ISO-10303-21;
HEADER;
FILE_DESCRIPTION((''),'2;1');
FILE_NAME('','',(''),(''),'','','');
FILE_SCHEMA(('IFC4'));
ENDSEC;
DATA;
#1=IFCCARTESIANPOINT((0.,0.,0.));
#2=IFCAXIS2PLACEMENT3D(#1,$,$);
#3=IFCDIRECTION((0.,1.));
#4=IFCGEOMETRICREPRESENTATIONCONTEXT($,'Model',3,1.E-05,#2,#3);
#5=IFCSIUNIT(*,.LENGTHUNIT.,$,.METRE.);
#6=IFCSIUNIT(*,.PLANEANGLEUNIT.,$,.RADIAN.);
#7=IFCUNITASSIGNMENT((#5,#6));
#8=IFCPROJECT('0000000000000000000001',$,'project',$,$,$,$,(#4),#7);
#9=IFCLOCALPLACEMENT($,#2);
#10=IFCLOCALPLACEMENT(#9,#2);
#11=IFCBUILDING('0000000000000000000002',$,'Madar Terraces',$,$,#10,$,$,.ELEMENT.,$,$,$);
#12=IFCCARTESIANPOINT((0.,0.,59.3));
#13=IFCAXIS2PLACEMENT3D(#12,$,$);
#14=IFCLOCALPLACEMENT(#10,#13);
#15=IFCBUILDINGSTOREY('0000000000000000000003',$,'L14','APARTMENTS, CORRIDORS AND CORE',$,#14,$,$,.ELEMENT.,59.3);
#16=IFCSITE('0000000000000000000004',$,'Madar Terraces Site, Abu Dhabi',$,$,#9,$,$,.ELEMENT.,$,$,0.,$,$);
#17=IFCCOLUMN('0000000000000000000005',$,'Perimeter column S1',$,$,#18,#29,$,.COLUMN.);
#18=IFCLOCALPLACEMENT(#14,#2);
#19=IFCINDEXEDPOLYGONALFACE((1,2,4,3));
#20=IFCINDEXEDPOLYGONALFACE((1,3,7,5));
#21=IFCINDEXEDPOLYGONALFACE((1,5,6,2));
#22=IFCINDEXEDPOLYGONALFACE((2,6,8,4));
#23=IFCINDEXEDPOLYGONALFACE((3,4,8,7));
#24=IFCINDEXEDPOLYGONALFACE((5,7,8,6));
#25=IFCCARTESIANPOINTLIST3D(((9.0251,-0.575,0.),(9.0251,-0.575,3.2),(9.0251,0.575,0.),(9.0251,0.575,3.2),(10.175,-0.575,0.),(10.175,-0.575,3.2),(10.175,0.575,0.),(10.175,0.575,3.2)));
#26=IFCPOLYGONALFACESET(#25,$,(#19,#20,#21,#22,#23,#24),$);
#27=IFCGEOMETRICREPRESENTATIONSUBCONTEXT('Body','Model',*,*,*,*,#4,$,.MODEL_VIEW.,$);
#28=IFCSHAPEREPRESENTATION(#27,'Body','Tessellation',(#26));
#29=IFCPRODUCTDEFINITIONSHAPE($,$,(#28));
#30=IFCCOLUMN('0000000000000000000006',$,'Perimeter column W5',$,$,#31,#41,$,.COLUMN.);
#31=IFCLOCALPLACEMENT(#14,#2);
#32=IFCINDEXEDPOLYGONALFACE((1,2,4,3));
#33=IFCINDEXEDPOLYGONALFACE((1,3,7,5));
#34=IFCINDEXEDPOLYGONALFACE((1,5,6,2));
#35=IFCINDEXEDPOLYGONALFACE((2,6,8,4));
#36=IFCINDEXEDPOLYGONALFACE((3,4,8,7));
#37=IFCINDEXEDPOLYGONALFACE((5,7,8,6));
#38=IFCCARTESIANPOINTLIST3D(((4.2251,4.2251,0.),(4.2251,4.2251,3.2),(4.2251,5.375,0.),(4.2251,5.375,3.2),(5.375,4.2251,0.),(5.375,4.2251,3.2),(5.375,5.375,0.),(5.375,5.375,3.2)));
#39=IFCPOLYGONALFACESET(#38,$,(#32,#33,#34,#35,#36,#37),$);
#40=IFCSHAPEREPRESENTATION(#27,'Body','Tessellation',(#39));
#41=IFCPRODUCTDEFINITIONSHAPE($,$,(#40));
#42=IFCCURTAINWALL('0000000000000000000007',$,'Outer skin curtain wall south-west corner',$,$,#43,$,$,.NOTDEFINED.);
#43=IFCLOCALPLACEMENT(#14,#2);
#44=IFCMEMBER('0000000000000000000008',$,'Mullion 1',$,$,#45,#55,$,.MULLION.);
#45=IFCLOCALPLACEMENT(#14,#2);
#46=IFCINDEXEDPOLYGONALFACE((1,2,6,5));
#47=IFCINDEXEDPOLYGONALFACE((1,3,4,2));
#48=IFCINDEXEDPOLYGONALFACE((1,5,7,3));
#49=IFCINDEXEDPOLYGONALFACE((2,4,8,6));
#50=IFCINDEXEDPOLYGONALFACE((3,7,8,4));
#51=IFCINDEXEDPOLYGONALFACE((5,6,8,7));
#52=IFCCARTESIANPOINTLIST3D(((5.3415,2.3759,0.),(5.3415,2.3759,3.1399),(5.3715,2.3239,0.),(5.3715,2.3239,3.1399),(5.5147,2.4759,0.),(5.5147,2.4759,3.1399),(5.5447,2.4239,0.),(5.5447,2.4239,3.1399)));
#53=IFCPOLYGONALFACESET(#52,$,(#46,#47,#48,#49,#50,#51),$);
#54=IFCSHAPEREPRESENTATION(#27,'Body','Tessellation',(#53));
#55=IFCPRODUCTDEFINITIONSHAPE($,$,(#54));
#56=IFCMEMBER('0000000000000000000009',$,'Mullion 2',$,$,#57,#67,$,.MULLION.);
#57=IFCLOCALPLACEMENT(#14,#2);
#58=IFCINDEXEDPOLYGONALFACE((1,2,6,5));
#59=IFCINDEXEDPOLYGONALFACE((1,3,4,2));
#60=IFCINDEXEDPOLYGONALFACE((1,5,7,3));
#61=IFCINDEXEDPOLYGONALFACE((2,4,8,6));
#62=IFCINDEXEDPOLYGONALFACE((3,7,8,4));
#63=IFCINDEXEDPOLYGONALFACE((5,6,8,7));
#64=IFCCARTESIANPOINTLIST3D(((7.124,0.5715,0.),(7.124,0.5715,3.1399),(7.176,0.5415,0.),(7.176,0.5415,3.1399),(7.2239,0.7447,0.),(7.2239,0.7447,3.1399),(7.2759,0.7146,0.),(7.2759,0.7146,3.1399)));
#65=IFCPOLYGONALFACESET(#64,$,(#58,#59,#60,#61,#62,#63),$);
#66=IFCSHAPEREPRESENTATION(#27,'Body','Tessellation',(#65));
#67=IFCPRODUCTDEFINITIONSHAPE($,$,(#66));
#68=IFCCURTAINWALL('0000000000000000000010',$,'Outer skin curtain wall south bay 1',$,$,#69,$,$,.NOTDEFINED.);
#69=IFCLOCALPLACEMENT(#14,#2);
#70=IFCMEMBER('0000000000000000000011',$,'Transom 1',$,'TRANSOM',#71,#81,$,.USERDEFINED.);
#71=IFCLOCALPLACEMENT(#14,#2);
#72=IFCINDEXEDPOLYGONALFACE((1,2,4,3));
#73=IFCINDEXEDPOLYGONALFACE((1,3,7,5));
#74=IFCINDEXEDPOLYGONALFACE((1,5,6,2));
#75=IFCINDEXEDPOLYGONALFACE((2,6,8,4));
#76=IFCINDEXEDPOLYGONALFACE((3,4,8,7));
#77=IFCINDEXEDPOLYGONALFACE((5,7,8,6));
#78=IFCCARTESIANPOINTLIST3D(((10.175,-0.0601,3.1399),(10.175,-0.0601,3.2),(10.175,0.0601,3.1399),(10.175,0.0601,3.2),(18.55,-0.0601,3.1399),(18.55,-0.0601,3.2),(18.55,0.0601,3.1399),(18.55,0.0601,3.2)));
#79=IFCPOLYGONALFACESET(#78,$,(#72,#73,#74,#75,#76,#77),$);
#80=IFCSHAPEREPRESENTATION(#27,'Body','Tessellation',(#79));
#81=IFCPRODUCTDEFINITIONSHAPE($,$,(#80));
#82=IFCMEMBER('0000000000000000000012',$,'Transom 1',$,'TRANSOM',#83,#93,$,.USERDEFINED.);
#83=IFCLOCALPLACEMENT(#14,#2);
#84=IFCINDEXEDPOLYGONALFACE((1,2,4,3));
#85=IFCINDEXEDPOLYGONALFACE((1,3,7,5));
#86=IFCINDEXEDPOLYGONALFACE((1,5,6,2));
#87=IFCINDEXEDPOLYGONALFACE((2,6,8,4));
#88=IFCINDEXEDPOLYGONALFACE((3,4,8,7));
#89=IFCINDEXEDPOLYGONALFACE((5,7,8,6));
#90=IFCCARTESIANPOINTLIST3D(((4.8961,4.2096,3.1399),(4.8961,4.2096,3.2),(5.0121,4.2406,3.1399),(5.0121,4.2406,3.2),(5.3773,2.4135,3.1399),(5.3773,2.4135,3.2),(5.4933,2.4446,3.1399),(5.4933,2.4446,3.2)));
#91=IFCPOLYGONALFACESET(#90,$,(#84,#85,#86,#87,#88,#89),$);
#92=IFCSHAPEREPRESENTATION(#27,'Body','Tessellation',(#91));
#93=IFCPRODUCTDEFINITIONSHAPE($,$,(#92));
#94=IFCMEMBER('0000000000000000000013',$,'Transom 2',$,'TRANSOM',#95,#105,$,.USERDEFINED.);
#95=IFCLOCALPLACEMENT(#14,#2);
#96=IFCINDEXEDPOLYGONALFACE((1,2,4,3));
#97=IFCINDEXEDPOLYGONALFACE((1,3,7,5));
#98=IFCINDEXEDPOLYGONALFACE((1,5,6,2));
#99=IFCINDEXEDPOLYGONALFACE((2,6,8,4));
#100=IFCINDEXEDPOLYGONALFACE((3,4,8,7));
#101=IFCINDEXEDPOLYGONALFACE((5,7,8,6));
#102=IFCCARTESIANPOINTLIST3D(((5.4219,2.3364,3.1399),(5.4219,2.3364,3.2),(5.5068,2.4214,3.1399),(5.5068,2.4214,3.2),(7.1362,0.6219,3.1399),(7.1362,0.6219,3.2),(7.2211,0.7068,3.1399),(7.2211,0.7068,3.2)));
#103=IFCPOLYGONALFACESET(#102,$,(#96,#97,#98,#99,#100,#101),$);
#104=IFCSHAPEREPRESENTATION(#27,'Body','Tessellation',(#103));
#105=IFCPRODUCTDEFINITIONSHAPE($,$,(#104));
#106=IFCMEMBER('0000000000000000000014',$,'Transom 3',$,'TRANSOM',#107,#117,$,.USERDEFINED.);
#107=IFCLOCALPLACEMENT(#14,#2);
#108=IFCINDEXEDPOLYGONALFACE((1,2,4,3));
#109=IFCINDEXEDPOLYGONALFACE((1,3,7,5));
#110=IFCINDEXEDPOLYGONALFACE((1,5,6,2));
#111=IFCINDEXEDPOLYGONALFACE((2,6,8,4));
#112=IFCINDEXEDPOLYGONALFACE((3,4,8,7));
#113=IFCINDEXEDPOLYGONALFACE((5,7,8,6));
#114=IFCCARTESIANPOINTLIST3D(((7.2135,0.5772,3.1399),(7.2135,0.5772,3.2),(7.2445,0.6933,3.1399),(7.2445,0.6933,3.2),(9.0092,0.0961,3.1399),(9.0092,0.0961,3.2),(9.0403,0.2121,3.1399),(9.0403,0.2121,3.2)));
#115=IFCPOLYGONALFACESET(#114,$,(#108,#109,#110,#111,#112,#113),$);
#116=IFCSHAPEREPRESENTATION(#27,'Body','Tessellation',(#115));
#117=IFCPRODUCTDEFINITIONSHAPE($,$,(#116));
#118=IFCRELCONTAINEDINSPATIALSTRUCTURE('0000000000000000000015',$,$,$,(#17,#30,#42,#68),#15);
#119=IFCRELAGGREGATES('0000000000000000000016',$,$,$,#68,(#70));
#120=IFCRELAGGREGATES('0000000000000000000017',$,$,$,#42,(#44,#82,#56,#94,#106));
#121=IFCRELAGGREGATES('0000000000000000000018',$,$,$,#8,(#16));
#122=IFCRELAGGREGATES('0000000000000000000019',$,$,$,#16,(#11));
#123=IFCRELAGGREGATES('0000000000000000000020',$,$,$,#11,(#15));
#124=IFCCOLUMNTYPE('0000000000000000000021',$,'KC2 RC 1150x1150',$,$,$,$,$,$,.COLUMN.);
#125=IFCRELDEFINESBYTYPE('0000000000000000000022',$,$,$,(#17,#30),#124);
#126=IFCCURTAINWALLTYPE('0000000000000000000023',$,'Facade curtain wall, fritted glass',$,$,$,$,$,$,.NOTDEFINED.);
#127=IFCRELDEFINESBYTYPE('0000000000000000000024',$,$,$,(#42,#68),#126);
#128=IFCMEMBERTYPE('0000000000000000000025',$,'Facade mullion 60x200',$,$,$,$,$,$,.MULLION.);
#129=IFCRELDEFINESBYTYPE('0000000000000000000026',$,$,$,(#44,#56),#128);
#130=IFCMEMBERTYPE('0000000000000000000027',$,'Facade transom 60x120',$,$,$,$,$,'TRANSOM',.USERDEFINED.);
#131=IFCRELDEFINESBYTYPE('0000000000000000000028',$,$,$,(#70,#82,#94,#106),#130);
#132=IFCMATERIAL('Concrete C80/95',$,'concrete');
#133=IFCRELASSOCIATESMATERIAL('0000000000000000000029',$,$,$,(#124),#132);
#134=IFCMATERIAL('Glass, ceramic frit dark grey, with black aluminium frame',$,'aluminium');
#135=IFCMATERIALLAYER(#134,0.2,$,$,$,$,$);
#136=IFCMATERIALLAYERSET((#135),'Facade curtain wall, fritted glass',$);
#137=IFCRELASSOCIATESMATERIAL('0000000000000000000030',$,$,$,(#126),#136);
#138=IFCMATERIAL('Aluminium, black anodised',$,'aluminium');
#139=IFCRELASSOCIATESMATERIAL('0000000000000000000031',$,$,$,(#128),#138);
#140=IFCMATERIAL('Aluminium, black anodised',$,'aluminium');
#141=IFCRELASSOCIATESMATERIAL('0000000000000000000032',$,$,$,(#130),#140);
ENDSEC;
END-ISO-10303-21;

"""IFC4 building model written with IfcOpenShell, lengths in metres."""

from ifc_helpers import new_model, si_unit, direction, frame, origin, origin_2d, place, context, subcontext, project, spatial, rectangle, extrude, material, layer, layer_set, material_profile, profile_set, type_object, element, aggregate, save


model = new_model("IFC4")

# Units and contexts
model_context = context("Model", 3, precision=1e-05, world=origin(), true_north=direction((0.0, 1.0)))
body_context = subcontext(model_context, "Body", "Model", "MODEL_VIEW")
ifc_project = project(units=[si_unit("LENGTHUNIT", "METRE"), si_unit("PLANEANGLEUNIT", "RADIAN")], contexts=[model_context])

# Site, building, storey
site_placement = place(None, origin())
site = spatial("IfcSite", under=ifc_project, at=site_placement, Name="Madar Terraces Site, Abu Dhabi", CompositionType="ELEMENT", RefElevation=0.0)
building_placement = place(site_placement, origin())
building = spatial("IfcBuilding", under=site, at=building_placement, Name="Madar Terraces", CompositionType="ELEMENT")
storey_placement = place(building_placement, frame((0.0, 0.0, 59.3)))
storey = spatial("IfcBuildingStorey", under=building, at=storey_placement, Name="L14", Description="APARTMENTS, CORRIDORS AND CORE", CompositionType="ELEMENT", Elevation=59.3)

# Columns
ifc_material_1 = material(Name="Concrete C80/95", Category="concrete")
ifc_material_profile_1 = material_profile(ifc_material_1, rectangle(XDim=1.1499, YDim=1.1499, at=origin_2d()), Name="KC2 RC 1150x1150")
ifc_profile_set_1 = profile_set([ifc_material_profile_1], Name="Concrete C80/95")
column_type = type_object("IfcColumnType", Name="KC2 RC 1150x1150", PredefinedType="COLUMN", material=ifc_profile_set_1)
for number, where, z_axis, x_axis, name in (
    (1, (9.6001, 0.0, 0.0), (0.0, 0.0, 1.0), (1.0, 0.0, 0.0), "Perimeter column S1"),
    (2, (4.8, 4.8, 0.0), (0.0, 0.0, 1.0), (1.0, 0.0, 0.0), "Perimeter column W5"),
):
    element("IfcColumn", number, at=place(storey_placement, frame(where, z_axis=z_axis, x_axis=x_axis)), inside=storey, type_object=column_type, Name=name, PredefinedType="COLUMN", context=body_context, shape_type="SweptSolid", body=[
        extrude(rectangle(XDim=1.1499, YDim=1.1499, at=origin_2d()), origin(), (0.0, 0.0, 1.0), 3.2),
    ])

# Curtain wall, members
ifc_material_2 = material(Name="Glass, ceramic frit dark grey, with black aluminium frame", Category="aluminium")
ifc_layer_1 = layer(ifc_material_2, 0.2)
ifc_layer_set_1 = layer_set([ifc_layer_1], Name="Facade curtain wall, fritted glass")
curtain_wall_type = type_object("IfcCurtainWallType", Name="Facade curtain wall, fritted glass", PredefinedType="NOTDEFINED", material=ifc_layer_set_1)
curtain_wall_1_placement = place(storey_placement, origin())
curtain_wall_1 = element("IfcCurtainWall", 3, at=curtain_wall_1_placement, inside=storey, type_object=curtain_wall_type, Name="Outer skin curtain wall south-west corner", PredefinedType="NOTDEFINED")
ifc_material_3 = material(Name="Aluminium, black anodised", Category="aluminium")
ifc_material_profile_2 = material_profile(ifc_material_3, rectangle(XDim=0.2, YDim=0.0601, at=origin_2d()), Name="Facade mullion 60x200")
ifc_profile_set_2 = profile_set([ifc_material_profile_2], Name="Aluminium, black anodised")
member_type_1 = type_object("IfcMemberType", Name="Facade mullion 60x200", PredefinedType="MULLION", material=ifc_profile_set_2)
member_1_placement = place(storey_placement, frame((5.4431, 2.3999, 0.0), z_axis=(0.0, 0.0, 1.0), x_axis=(0.866025, 0.5, 0.0)))
member_1 = element("IfcMember", 4, at=member_1_placement, type_object=member_type_1, Name="Mullion 1", PredefinedType="MULLION", context=body_context, shape_type="SweptSolid", body=[
    extrude(rectangle(XDim=0.2, YDim=0.0601, at=origin_2d()), origin(), (0.0, 0.0, 1.0), 3.1399),
])
member_2_placement = place(storey_placement, frame((7.2, 0.6431, 0.0), z_axis=(0.0, 0.0, 1.0), x_axis=(0.5, 0.866025, 0.0)))
member_2 = element("IfcMember", 5, at=member_2_placement, type_object=member_type_1, Name="Mullion 2", PredefinedType="MULLION", context=body_context, shape_type="SweptSolid", body=[
    extrude(rectangle(XDim=0.2, YDim=0.0601, at=origin_2d()), origin(), (0.0, 0.0, 1.0), 3.1399),
])

# Curtain wall, member
curtain_wall_2_placement = place(storey_placement, origin())
curtain_wall_2 = element("IfcCurtainWall", 6, at=curtain_wall_2_placement, inside=storey, type_object=curtain_wall_type, Name="Outer skin curtain wall south bay 1", PredefinedType="NOTDEFINED")
ifc_material_4 = material(Name="Aluminium, black anodised", Category="aluminium")
ifc_material_profile_3 = material_profile(ifc_material_4, rectangle(XDim=0.1201, YDim=0.0601, at=origin_2d()), Name="Facade transom 60x120")
ifc_profile_set_3 = profile_set([ifc_material_profile_3], Name="Aluminium, black anodised")
member_type_2 = type_object("IfcMemberType", Name="Facade transom 60x120", ElementType="TRANSOM", PredefinedType="USERDEFINED", material=ifc_profile_set_3)
member_3_placement = place(storey_placement, frame((10.175, 0.0, 3.1699), z_axis=(1.0, 0.0, 0.0), x_axis=(0.0, 1.0, 0.0)))
member_3 = element("IfcMember", 7, at=member_3_placement, type_object=member_type_2, Name="Transom 1", ObjectType="TRANSOM", PredefinedType="USERDEFINED", context=body_context, shape_type="SweptSolid", body=[
    extrude(rectangle(XDim=0.1201, YDim=0.0601, at=origin_2d()), origin(), (0.0, 0.0, 1.0), 8.375),
])
aggregate(curtain_wall_2, [member_3])

# Members
member_4_placement = place(storey_placement, frame((4.9541, 4.2251, 3.1699), z_axis=(0.258782, -0.965936, 0.0), x_axis=(0.965936, 0.258782, 0.0)))
member_4 = element("IfcMember", 8, at=member_4_placement, type_object=member_type_2, Name="Transom 1", ObjectType="TRANSOM", PredefinedType="USERDEFINED", context=body_context, shape_type="SweptSolid", body=[
    extrude(rectangle(XDim=0.1201, YDim=0.0601, at=origin_2d()), origin(), (0.0, 0.0, 1.0), 1.8594),
])
member_5_placement = place(storey_placement, frame((5.4644, 2.3789, 3.1699), z_axis=(0.707056, -0.707157, 0.0), x_axis=(0.707157, 0.707056, 0.0)))
member_5 = element("IfcMember", 9, at=member_5_placement, type_object=member_type_2, Name="Transom 2", ObjectType="TRANSOM", PredefinedType="USERDEFINED", context=body_context, shape_type="SweptSolid", body=[
    extrude(rectangle(XDim=0.1201, YDim=0.0601, at=origin_2d()), origin(), (0.0, 0.0, 1.0), 2.4246),
])
member_6_placement = place(storey_placement, frame((7.229, 0.6353, 3.1699), z_axis=(0.965927, -0.258815, 0.0), x_axis=(0.258815, 0.965927, 0.0)))
member_6 = element("IfcMember", 10, at=member_6_placement, type_object=member_type_2, Name="Transom 3", ObjectType="TRANSOM", PredefinedType="USERDEFINED", context=body_context, shape_type="SweptSolid", body=[
    extrude(rectangle(XDim=0.1201, YDim=0.0601, at=origin_2d()), origin(), (0.0, 0.0, 1.0), 1.8591),
])

aggregate(curtain_wall_1, [member_1, member_4, member_2, member_5, member_6])

save(model, "model.ifc")
